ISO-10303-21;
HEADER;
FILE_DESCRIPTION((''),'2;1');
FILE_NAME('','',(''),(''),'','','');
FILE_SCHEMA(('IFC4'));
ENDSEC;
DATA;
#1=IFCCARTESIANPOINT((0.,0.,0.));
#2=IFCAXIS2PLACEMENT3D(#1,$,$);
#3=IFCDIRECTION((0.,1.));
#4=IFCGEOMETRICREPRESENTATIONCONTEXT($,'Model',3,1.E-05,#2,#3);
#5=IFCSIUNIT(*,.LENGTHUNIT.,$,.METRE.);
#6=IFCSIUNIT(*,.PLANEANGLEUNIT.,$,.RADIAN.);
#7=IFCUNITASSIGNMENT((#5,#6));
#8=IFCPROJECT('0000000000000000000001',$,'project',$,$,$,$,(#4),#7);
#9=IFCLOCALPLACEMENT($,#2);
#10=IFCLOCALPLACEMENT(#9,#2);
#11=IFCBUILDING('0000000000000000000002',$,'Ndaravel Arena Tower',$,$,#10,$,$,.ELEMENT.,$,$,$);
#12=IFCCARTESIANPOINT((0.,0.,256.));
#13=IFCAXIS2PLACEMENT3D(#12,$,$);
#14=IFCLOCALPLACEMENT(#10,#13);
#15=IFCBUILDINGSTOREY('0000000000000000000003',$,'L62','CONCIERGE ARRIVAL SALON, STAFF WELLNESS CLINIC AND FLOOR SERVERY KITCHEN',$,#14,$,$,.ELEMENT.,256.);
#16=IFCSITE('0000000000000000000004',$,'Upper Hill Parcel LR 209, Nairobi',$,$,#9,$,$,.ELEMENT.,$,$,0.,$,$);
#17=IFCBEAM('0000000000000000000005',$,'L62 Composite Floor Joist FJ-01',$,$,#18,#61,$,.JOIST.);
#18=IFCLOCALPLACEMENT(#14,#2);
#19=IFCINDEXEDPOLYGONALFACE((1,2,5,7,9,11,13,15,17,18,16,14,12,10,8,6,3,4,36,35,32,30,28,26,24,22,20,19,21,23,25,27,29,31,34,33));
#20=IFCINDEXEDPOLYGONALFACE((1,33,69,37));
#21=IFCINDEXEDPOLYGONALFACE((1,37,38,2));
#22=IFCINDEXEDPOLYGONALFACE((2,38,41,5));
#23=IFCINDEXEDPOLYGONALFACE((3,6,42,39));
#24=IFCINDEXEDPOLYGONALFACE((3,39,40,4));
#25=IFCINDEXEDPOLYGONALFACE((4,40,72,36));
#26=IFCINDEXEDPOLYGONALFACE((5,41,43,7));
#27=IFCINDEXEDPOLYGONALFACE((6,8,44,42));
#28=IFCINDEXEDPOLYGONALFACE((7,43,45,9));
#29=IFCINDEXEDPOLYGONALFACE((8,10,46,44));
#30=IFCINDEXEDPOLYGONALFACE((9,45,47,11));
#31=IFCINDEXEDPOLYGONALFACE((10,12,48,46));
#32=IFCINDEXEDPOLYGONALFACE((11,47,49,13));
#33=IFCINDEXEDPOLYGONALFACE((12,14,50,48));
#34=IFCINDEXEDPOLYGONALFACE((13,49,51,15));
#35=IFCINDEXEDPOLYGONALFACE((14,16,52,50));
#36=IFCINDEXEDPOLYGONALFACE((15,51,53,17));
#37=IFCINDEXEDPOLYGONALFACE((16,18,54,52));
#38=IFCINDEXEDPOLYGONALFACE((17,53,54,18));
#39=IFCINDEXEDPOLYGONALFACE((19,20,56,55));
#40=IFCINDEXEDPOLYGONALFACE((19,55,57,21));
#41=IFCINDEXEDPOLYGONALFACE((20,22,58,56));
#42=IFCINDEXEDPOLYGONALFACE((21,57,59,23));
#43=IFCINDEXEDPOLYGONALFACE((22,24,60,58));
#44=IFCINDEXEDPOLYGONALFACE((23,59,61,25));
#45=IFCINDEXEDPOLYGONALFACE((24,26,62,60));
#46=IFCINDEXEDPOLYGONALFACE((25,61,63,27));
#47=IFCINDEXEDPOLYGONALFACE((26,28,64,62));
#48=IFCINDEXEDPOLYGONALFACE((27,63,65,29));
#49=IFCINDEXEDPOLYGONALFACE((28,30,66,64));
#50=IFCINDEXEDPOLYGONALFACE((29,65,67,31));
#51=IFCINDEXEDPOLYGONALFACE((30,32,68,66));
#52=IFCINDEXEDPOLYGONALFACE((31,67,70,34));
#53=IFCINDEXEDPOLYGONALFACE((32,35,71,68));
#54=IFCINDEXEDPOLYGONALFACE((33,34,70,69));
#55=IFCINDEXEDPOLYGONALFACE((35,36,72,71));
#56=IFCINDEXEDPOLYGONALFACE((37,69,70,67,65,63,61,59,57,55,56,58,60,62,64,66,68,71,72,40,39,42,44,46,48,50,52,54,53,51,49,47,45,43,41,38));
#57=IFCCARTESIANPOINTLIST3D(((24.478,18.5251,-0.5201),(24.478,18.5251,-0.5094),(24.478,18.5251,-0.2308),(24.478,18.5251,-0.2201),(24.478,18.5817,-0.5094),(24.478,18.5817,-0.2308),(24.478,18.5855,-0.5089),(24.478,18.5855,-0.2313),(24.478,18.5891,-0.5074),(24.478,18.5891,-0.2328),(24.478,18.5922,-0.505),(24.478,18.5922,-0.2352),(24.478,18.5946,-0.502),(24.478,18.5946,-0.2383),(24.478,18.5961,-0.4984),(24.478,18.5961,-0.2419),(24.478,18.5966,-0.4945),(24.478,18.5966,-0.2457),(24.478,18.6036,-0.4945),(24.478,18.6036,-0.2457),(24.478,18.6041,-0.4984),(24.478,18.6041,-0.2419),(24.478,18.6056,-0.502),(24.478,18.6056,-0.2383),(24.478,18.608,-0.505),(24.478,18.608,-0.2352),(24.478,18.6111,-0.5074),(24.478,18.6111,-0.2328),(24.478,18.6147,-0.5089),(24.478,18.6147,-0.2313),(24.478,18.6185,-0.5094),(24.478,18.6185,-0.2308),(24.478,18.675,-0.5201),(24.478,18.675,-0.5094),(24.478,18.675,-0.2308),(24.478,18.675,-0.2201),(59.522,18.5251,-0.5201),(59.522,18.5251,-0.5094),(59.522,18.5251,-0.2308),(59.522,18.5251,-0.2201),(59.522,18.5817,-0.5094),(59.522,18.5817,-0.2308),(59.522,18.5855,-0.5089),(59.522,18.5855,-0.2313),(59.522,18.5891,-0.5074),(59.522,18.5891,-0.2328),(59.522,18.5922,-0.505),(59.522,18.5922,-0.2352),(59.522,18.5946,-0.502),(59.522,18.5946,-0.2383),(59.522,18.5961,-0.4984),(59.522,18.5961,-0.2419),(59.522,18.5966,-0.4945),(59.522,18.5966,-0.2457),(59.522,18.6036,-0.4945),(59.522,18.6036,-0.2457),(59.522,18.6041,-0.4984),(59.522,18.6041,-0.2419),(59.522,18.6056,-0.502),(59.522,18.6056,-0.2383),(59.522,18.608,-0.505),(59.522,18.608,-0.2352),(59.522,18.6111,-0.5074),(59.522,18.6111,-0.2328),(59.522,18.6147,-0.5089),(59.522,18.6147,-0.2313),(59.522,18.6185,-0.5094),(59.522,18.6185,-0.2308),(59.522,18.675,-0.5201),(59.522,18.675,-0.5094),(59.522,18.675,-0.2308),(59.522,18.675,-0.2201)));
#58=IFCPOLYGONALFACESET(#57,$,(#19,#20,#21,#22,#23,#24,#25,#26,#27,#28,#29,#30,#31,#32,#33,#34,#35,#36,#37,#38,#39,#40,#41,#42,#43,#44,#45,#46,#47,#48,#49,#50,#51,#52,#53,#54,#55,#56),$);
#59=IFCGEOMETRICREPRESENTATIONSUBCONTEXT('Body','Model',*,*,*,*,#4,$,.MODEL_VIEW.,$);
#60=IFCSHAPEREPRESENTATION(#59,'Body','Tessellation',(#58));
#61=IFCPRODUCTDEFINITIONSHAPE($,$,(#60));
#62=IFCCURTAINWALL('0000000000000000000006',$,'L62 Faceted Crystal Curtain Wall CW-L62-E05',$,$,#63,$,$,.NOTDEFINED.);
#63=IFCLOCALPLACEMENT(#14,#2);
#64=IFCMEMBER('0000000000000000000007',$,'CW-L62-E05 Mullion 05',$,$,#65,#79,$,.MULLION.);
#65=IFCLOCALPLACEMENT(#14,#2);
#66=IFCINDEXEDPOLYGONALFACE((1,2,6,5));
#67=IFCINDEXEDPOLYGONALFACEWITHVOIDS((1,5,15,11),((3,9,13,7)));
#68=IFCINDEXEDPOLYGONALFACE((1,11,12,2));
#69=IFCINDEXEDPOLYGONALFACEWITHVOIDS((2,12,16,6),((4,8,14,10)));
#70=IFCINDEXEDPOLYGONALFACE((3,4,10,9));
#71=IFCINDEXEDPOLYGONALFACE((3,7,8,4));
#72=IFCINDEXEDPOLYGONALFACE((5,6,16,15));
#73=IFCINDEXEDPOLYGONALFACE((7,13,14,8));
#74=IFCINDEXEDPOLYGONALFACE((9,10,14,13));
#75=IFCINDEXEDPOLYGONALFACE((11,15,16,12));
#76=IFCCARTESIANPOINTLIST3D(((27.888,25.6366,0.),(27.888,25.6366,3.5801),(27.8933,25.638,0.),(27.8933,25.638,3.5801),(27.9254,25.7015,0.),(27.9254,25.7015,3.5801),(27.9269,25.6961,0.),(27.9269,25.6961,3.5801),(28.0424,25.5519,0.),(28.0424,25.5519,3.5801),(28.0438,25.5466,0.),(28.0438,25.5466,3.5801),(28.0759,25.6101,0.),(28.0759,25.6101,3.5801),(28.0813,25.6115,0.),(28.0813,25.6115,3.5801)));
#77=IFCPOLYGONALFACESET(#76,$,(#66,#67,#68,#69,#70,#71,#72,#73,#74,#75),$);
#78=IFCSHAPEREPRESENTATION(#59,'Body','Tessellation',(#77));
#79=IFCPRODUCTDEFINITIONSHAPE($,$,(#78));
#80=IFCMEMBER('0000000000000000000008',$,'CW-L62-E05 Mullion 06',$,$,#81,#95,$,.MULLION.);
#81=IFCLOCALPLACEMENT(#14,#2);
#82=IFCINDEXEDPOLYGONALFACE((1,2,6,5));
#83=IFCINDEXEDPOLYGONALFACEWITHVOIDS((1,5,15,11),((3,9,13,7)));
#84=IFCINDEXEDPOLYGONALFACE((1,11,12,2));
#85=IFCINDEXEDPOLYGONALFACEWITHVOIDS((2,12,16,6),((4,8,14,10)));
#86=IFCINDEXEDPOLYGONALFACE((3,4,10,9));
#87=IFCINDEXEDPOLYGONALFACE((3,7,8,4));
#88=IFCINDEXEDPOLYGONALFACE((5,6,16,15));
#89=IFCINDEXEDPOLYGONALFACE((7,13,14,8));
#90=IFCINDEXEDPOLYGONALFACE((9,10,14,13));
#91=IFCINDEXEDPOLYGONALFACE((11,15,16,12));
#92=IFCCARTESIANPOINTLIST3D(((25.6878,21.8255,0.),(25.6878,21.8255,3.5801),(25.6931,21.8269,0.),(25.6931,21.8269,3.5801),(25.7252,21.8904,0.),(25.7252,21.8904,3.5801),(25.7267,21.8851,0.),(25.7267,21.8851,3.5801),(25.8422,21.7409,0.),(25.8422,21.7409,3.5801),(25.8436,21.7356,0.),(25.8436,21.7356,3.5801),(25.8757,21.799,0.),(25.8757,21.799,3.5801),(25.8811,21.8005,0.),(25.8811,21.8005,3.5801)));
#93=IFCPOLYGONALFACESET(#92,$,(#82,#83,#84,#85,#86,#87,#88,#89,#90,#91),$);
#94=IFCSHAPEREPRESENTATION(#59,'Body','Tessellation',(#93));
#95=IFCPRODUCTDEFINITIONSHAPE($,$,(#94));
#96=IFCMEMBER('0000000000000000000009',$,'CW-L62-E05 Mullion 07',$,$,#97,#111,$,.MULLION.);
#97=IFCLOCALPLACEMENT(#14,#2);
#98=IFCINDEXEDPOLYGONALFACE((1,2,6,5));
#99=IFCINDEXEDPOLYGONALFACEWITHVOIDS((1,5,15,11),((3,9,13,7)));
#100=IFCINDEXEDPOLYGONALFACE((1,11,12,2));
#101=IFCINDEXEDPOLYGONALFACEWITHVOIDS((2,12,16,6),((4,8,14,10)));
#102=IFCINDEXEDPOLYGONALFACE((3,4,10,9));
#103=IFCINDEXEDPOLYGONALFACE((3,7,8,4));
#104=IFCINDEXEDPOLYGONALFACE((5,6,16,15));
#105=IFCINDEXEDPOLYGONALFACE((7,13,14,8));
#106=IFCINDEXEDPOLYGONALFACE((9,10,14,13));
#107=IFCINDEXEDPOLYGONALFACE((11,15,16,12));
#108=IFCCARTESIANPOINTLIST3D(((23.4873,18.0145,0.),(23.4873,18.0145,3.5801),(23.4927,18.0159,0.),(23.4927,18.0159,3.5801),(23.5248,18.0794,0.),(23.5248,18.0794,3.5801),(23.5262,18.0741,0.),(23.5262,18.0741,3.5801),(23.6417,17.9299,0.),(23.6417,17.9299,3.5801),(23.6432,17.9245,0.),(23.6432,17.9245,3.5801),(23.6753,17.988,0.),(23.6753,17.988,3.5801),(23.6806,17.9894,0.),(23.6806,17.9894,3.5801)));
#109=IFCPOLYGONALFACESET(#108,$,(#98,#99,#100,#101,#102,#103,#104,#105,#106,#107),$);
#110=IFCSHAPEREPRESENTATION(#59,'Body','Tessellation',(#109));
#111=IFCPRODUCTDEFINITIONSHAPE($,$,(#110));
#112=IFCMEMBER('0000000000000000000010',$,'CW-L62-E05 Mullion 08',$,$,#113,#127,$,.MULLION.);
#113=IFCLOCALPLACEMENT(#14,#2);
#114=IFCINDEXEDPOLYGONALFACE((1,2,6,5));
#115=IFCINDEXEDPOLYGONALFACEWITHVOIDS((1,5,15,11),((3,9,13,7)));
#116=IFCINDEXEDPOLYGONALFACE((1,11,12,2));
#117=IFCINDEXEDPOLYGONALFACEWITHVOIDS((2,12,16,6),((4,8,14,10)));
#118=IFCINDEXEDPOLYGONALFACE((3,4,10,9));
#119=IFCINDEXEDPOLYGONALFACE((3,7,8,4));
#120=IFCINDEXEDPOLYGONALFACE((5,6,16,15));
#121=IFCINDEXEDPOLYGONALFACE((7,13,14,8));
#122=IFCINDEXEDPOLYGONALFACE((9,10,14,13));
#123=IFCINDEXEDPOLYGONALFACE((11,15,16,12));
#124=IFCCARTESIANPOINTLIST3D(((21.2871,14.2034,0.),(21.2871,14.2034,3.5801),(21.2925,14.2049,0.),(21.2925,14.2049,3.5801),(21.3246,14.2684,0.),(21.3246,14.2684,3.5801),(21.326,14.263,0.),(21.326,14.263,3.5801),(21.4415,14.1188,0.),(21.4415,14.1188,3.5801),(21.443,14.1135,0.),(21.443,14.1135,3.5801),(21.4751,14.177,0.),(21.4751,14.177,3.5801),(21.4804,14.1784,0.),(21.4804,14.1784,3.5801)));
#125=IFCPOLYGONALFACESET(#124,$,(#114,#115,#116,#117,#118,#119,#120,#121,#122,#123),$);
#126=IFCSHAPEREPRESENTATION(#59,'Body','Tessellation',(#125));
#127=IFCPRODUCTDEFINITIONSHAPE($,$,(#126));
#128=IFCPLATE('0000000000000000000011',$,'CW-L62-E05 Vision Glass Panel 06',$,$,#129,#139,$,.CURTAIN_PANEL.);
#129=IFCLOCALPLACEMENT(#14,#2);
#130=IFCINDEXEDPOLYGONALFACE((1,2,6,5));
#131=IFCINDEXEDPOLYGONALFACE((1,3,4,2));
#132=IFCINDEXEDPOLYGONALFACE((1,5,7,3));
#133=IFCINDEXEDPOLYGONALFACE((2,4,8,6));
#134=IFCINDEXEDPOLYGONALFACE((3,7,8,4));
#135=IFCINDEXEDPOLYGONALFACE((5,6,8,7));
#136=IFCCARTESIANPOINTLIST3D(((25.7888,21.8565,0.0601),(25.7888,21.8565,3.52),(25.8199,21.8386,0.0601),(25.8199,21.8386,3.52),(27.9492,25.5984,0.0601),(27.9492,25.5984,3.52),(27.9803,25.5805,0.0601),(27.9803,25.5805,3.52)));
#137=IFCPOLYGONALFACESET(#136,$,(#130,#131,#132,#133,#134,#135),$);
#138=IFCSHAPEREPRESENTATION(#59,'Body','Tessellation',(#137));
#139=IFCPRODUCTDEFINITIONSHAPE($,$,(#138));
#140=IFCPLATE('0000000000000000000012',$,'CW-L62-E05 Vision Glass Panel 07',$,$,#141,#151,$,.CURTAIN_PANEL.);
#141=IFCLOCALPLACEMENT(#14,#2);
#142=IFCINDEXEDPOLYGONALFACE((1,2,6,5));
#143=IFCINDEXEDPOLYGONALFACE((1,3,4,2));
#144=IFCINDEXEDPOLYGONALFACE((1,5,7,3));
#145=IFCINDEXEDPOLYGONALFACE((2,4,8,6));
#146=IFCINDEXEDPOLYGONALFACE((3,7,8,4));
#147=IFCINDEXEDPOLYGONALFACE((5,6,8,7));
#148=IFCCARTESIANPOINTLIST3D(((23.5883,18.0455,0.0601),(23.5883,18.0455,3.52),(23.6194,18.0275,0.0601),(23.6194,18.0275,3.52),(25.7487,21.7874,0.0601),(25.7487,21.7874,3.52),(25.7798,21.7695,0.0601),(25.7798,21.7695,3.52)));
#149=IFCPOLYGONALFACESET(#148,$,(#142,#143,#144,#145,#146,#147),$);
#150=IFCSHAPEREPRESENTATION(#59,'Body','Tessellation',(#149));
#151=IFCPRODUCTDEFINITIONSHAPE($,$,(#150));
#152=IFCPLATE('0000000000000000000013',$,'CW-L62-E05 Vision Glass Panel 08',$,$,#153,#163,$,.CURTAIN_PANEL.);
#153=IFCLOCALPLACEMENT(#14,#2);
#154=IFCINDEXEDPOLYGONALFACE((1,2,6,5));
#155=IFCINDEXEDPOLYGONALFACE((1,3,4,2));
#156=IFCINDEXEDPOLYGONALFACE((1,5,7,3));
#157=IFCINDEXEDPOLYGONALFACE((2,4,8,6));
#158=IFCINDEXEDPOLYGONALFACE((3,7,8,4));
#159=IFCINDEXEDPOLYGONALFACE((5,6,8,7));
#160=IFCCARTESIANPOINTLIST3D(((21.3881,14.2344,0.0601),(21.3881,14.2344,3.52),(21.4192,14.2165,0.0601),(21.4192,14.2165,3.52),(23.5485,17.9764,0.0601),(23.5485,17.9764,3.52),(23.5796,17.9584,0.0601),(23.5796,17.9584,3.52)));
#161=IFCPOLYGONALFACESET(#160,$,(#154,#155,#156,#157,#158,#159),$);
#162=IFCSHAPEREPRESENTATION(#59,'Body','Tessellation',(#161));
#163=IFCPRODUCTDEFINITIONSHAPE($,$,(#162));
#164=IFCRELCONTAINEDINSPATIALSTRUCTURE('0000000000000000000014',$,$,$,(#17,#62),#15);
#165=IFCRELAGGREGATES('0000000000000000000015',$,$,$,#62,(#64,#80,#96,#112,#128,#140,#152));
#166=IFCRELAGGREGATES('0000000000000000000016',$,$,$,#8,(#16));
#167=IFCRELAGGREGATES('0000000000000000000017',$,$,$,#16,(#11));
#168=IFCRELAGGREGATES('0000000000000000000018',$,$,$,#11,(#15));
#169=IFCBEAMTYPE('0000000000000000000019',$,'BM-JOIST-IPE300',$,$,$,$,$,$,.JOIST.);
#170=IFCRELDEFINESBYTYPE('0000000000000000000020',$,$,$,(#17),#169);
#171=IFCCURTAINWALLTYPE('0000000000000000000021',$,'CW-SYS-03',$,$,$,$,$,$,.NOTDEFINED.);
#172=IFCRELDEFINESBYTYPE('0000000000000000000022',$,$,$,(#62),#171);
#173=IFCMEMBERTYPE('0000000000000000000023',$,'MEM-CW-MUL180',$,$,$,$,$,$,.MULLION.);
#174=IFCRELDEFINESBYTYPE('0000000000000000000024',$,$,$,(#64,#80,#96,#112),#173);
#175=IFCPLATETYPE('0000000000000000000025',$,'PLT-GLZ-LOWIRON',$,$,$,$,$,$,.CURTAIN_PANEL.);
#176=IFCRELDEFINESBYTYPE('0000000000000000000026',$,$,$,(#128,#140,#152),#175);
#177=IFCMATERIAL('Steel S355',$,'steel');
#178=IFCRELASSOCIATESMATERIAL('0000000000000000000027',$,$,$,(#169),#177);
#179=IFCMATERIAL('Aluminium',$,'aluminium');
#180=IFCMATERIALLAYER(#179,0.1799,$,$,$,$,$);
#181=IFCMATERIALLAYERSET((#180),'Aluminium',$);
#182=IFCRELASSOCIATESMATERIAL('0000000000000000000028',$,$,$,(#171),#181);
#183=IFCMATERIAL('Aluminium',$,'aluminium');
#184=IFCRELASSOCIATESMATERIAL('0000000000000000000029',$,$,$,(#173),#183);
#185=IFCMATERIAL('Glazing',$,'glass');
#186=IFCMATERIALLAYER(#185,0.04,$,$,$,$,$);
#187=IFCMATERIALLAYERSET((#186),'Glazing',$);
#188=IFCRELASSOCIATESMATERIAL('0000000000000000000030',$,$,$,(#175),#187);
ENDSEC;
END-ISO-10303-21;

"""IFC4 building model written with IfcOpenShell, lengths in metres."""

from ifc_helpers import new_model, si_unit, direction, frame, origin, origin_2d, place, context, subcontext, project, spatial, rectangle, hollow_rectangle, i_section, extrude, material, layer, layer_set, material_profile, profile_set, type_object, element, aggregate, save


model = new_model("IFC4")

# Units and contexts
model_context = context("Model", 3, precision=1e-05, world=origin(), true_north=direction((0.0, 1.0)))
body_context = subcontext(model_context, "Body", "Model", "MODEL_VIEW")
ifc_project = project(units=[si_unit("LENGTHUNIT", "METRE"), si_unit("PLANEANGLEUNIT", "RADIAN")], contexts=[model_context])

# Site, building, storey
site_placement = place(None, origin())
site = spatial("IfcSite", under=ifc_project, at=site_placement, Name="Upper Hill Parcel LR 209, Nairobi", CompositionType="ELEMENT", RefElevation=0.0)
building_placement = place(site_placement, origin())
building = spatial("IfcBuilding", under=site, at=building_placement, Name="Ndaravel Arena Tower", CompositionType="ELEMENT")
storey_placement = place(building_placement, frame((0.0, 0.0, 256.0)))
storey = spatial("IfcBuildingStorey", under=building, at=storey_placement, Name="L62", Description="CONCIERGE ARRIVAL SALON, STAFF WELLNESS CLINIC AND FLOOR SERVERY KITCHEN", CompositionType="ELEMENT", Elevation=256.0)

# Beam
ifc_material_1 = material(Name="Steel S355", Category="steel")
ifc_material_profile_1 = material_profile(ifc_material_1, i_section(OverallWidth=0.1499, OverallDepth=0.3, WebThickness=0.0071, FlangeThickness=0.0107, FilletRadius=0.0149, at=origin_2d()), Name="IPE 300")
ifc_profile_set_1 = profile_set([ifc_material_profile_1], Name="Steel S355")
beam_type = type_object("IfcBeamType", Name="BM-JOIST-IPE300", PredefinedType="JOIST", material=ifc_profile_set_1)
beam_placement = place(storey_placement, frame((24.478, 18.6001, -0.3701), z_axis=(1.0, 0.0, 0.0), x_axis=(0.0, 1.0, 0.0)))
element("IfcBeam", 1, at=beam_placement, inside=storey, type_object=beam_type, Name="L62 Composite Floor Joist FJ-01", PredefinedType="JOIST", context=body_context, shape_type="SweptSolid", body=[
    extrude(i_section(OverallWidth=0.1499, OverallDepth=0.3, WebThickness=0.0071, FlangeThickness=0.0107, FilletRadius=0.0149, at=origin_2d()), origin(), (0.0, 0.0, 1.0), 35.0439),
])

# Curtain wall, members, plates
ifc_material_2 = material(Name="Aluminium", Category="aluminium")
ifc_layer_1 = layer(ifc_material_2, 0.1799)
ifc_layer_set_1 = layer_set([ifc_layer_1], Name="Aluminium")
curtain_wall_type = type_object("IfcCurtainWallType", Name="CW-SYS-03", PredefinedType="NOTDEFINED", material=ifc_layer_set_1)
curtain_wall_placement = place(storey_placement, origin())
curtain_wall = element("IfcCurtainWall", 2, at=curtain_wall_placement, inside=storey, type_object=curtain_wall_type, Name="L62 Faceted Crystal Curtain Wall CW-L62-E05", PredefinedType="NOTDEFINED")
ifc_material_3 = material(Name="Aluminium", Category="aluminium")
ifc_material_profile_2 = material_profile(ifc_material_3, hollow_rectangle(XDim=0.075, YDim=0.1799, WallThickness=0.0039, at=origin_2d()), Name="CW MULLION 75x180x4")
ifc_profile_set_2 = profile_set([ifc_material_profile_2], Name="Aluminium")
member_type = type_object("IfcMemberType", Name="MEM-CW-MUL180", PredefinedType="MULLION", material=ifc_profile_set_2)
member_1_placement = place(storey_placement, frame((27.9846, 25.624, 0.0), z_axis=(0.0, 0.0, 1.0), x_axis=(-0.5, -0.866025, 0.0)))
member_1 = element("IfcMember", 3, at=member_1_placement, type_object=member_type, Name="CW-L62-E05 Mullion 05", PredefinedType="MULLION", context=body_context, shape_type="SweptSolid", body=[
    extrude(hollow_rectangle(XDim=0.075, YDim=0.1799, WallThickness=0.0039, at=origin_2d()), origin(), (0.0, 0.0, 1.0), 3.5801),
])
member_2_placement = place(storey_placement, frame((25.7844, 21.813, 0.0), z_axis=(0.0, 0.0, 1.0), x_axis=(-0.5, -0.866025, 0.0)))
member_2 = element("IfcMember", 4, at=member_2_placement, type_object=member_type, Name="CW-L62-E05 Mullion 06", PredefinedType="MULLION", context=body_context, shape_type="SweptSolid", body=[
    extrude(hollow_rectangle(XDim=0.075, YDim=0.1799, WallThickness=0.0039, at=origin_2d()), origin(), (0.0, 0.0, 1.0), 3.5801),
])
member_3_placement = place(storey_placement, frame((23.584, 18.002, 0.0), z_axis=(0.0, 0.0, 1.0), x_axis=(-0.5, -0.866025, 0.0)))
member_3 = element("IfcMember", 5, at=member_3_placement, type_object=member_type, Name="CW-L62-E05 Mullion 07", PredefinedType="MULLION", context=body_context, shape_type="SweptSolid", body=[
    extrude(hollow_rectangle(XDim=0.075, YDim=0.1799, WallThickness=0.0039, at=origin_2d()), origin(), (0.0, 0.0, 1.0), 3.5801),
])
member_4_placement = place(storey_placement, frame((21.3838, 14.1909, 0.0), z_axis=(0.0, 0.0, 1.0), x_axis=(-0.5, -0.866025, 0.0)))
member_4 = element("IfcMember", 6, at=member_4_placement, type_object=member_type, Name="CW-L62-E05 Mullion 08", PredefinedType="MULLION", context=body_context, shape_type="SweptSolid", body=[
    extrude(hollow_rectangle(XDim=0.075, YDim=0.1799, WallThickness=0.0039, at=origin_2d()), origin(), (0.0, 0.0, 1.0), 3.5801),
])
ifc_material_4 = material(Name="Glazing", Category="glass")
ifc_layer_2 = layer(ifc_material_4, 0.04)
ifc_layer_set_2 = layer_set([ifc_layer_2], Name="Glazing")
plate_type = type_object("IfcPlateType", Name="PLT-GLZ-LOWIRON", PredefinedType="CURTAIN_PANEL", material=ifc_layer_set_2)
plate_1_placement = place(storey_placement, frame((26.8845, 23.7185, 0.0601), z_axis=(0.0, 0.0, 1.0), x_axis=(-0.5, -0.866025, 0.0)))
plate_1 = element("IfcPlate", 7, at=plate_1_placement, type_object=plate_type, Name="CW-L62-E05 Vision Glass Panel 06", PredefinedType="CURTAIN_PANEL", context=body_context, shape_type="SweptSolid", body=[
    extrude(rectangle(XDim=4.3208, YDim=0.0359, at=origin_2d()), origin(), (0.0, 0.0, 1.0), 3.46),
])
plate_2_placement = place(storey_placement, frame((24.6841, 19.9075, 0.0601), z_axis=(0.0, 0.0, 1.0), x_axis=(-0.5, -0.866025, 0.0)))
plate_2 = element("IfcPlate", 8, at=plate_2_placement, type_object=plate_type, Name="CW-L62-E05 Vision Glass Panel 07", PredefinedType="CURTAIN_PANEL", context=body_context, shape_type="SweptSolid", body=[
    extrude(rectangle(XDim=4.3208, YDim=0.0359, at=origin_2d()), origin(), (0.0, 0.0, 1.0), 3.46),
])
plate_3_placement = place(storey_placement, frame((22.4839, 16.0964, 0.0601), z_axis=(0.0, 0.0, 1.0), x_axis=(-0.5, -0.866025, 0.0)))
plate_3 = element("IfcPlate", 9, at=plate_3_placement, type_object=plate_type, Name="CW-L62-E05 Vision Glass Panel 08", PredefinedType="CURTAIN_PANEL", context=body_context, shape_type="SweptSolid", body=[
    extrude(rectangle(XDim=4.3208, YDim=0.0359, at=origin_2d()), origin(), (0.0, 0.0, 1.0), 3.46),
])
aggregate(curtain_wall, [member_1, member_2, member_3, member_4, plate_1, plate_2, plate_3])

save(model, "model.ifc")
